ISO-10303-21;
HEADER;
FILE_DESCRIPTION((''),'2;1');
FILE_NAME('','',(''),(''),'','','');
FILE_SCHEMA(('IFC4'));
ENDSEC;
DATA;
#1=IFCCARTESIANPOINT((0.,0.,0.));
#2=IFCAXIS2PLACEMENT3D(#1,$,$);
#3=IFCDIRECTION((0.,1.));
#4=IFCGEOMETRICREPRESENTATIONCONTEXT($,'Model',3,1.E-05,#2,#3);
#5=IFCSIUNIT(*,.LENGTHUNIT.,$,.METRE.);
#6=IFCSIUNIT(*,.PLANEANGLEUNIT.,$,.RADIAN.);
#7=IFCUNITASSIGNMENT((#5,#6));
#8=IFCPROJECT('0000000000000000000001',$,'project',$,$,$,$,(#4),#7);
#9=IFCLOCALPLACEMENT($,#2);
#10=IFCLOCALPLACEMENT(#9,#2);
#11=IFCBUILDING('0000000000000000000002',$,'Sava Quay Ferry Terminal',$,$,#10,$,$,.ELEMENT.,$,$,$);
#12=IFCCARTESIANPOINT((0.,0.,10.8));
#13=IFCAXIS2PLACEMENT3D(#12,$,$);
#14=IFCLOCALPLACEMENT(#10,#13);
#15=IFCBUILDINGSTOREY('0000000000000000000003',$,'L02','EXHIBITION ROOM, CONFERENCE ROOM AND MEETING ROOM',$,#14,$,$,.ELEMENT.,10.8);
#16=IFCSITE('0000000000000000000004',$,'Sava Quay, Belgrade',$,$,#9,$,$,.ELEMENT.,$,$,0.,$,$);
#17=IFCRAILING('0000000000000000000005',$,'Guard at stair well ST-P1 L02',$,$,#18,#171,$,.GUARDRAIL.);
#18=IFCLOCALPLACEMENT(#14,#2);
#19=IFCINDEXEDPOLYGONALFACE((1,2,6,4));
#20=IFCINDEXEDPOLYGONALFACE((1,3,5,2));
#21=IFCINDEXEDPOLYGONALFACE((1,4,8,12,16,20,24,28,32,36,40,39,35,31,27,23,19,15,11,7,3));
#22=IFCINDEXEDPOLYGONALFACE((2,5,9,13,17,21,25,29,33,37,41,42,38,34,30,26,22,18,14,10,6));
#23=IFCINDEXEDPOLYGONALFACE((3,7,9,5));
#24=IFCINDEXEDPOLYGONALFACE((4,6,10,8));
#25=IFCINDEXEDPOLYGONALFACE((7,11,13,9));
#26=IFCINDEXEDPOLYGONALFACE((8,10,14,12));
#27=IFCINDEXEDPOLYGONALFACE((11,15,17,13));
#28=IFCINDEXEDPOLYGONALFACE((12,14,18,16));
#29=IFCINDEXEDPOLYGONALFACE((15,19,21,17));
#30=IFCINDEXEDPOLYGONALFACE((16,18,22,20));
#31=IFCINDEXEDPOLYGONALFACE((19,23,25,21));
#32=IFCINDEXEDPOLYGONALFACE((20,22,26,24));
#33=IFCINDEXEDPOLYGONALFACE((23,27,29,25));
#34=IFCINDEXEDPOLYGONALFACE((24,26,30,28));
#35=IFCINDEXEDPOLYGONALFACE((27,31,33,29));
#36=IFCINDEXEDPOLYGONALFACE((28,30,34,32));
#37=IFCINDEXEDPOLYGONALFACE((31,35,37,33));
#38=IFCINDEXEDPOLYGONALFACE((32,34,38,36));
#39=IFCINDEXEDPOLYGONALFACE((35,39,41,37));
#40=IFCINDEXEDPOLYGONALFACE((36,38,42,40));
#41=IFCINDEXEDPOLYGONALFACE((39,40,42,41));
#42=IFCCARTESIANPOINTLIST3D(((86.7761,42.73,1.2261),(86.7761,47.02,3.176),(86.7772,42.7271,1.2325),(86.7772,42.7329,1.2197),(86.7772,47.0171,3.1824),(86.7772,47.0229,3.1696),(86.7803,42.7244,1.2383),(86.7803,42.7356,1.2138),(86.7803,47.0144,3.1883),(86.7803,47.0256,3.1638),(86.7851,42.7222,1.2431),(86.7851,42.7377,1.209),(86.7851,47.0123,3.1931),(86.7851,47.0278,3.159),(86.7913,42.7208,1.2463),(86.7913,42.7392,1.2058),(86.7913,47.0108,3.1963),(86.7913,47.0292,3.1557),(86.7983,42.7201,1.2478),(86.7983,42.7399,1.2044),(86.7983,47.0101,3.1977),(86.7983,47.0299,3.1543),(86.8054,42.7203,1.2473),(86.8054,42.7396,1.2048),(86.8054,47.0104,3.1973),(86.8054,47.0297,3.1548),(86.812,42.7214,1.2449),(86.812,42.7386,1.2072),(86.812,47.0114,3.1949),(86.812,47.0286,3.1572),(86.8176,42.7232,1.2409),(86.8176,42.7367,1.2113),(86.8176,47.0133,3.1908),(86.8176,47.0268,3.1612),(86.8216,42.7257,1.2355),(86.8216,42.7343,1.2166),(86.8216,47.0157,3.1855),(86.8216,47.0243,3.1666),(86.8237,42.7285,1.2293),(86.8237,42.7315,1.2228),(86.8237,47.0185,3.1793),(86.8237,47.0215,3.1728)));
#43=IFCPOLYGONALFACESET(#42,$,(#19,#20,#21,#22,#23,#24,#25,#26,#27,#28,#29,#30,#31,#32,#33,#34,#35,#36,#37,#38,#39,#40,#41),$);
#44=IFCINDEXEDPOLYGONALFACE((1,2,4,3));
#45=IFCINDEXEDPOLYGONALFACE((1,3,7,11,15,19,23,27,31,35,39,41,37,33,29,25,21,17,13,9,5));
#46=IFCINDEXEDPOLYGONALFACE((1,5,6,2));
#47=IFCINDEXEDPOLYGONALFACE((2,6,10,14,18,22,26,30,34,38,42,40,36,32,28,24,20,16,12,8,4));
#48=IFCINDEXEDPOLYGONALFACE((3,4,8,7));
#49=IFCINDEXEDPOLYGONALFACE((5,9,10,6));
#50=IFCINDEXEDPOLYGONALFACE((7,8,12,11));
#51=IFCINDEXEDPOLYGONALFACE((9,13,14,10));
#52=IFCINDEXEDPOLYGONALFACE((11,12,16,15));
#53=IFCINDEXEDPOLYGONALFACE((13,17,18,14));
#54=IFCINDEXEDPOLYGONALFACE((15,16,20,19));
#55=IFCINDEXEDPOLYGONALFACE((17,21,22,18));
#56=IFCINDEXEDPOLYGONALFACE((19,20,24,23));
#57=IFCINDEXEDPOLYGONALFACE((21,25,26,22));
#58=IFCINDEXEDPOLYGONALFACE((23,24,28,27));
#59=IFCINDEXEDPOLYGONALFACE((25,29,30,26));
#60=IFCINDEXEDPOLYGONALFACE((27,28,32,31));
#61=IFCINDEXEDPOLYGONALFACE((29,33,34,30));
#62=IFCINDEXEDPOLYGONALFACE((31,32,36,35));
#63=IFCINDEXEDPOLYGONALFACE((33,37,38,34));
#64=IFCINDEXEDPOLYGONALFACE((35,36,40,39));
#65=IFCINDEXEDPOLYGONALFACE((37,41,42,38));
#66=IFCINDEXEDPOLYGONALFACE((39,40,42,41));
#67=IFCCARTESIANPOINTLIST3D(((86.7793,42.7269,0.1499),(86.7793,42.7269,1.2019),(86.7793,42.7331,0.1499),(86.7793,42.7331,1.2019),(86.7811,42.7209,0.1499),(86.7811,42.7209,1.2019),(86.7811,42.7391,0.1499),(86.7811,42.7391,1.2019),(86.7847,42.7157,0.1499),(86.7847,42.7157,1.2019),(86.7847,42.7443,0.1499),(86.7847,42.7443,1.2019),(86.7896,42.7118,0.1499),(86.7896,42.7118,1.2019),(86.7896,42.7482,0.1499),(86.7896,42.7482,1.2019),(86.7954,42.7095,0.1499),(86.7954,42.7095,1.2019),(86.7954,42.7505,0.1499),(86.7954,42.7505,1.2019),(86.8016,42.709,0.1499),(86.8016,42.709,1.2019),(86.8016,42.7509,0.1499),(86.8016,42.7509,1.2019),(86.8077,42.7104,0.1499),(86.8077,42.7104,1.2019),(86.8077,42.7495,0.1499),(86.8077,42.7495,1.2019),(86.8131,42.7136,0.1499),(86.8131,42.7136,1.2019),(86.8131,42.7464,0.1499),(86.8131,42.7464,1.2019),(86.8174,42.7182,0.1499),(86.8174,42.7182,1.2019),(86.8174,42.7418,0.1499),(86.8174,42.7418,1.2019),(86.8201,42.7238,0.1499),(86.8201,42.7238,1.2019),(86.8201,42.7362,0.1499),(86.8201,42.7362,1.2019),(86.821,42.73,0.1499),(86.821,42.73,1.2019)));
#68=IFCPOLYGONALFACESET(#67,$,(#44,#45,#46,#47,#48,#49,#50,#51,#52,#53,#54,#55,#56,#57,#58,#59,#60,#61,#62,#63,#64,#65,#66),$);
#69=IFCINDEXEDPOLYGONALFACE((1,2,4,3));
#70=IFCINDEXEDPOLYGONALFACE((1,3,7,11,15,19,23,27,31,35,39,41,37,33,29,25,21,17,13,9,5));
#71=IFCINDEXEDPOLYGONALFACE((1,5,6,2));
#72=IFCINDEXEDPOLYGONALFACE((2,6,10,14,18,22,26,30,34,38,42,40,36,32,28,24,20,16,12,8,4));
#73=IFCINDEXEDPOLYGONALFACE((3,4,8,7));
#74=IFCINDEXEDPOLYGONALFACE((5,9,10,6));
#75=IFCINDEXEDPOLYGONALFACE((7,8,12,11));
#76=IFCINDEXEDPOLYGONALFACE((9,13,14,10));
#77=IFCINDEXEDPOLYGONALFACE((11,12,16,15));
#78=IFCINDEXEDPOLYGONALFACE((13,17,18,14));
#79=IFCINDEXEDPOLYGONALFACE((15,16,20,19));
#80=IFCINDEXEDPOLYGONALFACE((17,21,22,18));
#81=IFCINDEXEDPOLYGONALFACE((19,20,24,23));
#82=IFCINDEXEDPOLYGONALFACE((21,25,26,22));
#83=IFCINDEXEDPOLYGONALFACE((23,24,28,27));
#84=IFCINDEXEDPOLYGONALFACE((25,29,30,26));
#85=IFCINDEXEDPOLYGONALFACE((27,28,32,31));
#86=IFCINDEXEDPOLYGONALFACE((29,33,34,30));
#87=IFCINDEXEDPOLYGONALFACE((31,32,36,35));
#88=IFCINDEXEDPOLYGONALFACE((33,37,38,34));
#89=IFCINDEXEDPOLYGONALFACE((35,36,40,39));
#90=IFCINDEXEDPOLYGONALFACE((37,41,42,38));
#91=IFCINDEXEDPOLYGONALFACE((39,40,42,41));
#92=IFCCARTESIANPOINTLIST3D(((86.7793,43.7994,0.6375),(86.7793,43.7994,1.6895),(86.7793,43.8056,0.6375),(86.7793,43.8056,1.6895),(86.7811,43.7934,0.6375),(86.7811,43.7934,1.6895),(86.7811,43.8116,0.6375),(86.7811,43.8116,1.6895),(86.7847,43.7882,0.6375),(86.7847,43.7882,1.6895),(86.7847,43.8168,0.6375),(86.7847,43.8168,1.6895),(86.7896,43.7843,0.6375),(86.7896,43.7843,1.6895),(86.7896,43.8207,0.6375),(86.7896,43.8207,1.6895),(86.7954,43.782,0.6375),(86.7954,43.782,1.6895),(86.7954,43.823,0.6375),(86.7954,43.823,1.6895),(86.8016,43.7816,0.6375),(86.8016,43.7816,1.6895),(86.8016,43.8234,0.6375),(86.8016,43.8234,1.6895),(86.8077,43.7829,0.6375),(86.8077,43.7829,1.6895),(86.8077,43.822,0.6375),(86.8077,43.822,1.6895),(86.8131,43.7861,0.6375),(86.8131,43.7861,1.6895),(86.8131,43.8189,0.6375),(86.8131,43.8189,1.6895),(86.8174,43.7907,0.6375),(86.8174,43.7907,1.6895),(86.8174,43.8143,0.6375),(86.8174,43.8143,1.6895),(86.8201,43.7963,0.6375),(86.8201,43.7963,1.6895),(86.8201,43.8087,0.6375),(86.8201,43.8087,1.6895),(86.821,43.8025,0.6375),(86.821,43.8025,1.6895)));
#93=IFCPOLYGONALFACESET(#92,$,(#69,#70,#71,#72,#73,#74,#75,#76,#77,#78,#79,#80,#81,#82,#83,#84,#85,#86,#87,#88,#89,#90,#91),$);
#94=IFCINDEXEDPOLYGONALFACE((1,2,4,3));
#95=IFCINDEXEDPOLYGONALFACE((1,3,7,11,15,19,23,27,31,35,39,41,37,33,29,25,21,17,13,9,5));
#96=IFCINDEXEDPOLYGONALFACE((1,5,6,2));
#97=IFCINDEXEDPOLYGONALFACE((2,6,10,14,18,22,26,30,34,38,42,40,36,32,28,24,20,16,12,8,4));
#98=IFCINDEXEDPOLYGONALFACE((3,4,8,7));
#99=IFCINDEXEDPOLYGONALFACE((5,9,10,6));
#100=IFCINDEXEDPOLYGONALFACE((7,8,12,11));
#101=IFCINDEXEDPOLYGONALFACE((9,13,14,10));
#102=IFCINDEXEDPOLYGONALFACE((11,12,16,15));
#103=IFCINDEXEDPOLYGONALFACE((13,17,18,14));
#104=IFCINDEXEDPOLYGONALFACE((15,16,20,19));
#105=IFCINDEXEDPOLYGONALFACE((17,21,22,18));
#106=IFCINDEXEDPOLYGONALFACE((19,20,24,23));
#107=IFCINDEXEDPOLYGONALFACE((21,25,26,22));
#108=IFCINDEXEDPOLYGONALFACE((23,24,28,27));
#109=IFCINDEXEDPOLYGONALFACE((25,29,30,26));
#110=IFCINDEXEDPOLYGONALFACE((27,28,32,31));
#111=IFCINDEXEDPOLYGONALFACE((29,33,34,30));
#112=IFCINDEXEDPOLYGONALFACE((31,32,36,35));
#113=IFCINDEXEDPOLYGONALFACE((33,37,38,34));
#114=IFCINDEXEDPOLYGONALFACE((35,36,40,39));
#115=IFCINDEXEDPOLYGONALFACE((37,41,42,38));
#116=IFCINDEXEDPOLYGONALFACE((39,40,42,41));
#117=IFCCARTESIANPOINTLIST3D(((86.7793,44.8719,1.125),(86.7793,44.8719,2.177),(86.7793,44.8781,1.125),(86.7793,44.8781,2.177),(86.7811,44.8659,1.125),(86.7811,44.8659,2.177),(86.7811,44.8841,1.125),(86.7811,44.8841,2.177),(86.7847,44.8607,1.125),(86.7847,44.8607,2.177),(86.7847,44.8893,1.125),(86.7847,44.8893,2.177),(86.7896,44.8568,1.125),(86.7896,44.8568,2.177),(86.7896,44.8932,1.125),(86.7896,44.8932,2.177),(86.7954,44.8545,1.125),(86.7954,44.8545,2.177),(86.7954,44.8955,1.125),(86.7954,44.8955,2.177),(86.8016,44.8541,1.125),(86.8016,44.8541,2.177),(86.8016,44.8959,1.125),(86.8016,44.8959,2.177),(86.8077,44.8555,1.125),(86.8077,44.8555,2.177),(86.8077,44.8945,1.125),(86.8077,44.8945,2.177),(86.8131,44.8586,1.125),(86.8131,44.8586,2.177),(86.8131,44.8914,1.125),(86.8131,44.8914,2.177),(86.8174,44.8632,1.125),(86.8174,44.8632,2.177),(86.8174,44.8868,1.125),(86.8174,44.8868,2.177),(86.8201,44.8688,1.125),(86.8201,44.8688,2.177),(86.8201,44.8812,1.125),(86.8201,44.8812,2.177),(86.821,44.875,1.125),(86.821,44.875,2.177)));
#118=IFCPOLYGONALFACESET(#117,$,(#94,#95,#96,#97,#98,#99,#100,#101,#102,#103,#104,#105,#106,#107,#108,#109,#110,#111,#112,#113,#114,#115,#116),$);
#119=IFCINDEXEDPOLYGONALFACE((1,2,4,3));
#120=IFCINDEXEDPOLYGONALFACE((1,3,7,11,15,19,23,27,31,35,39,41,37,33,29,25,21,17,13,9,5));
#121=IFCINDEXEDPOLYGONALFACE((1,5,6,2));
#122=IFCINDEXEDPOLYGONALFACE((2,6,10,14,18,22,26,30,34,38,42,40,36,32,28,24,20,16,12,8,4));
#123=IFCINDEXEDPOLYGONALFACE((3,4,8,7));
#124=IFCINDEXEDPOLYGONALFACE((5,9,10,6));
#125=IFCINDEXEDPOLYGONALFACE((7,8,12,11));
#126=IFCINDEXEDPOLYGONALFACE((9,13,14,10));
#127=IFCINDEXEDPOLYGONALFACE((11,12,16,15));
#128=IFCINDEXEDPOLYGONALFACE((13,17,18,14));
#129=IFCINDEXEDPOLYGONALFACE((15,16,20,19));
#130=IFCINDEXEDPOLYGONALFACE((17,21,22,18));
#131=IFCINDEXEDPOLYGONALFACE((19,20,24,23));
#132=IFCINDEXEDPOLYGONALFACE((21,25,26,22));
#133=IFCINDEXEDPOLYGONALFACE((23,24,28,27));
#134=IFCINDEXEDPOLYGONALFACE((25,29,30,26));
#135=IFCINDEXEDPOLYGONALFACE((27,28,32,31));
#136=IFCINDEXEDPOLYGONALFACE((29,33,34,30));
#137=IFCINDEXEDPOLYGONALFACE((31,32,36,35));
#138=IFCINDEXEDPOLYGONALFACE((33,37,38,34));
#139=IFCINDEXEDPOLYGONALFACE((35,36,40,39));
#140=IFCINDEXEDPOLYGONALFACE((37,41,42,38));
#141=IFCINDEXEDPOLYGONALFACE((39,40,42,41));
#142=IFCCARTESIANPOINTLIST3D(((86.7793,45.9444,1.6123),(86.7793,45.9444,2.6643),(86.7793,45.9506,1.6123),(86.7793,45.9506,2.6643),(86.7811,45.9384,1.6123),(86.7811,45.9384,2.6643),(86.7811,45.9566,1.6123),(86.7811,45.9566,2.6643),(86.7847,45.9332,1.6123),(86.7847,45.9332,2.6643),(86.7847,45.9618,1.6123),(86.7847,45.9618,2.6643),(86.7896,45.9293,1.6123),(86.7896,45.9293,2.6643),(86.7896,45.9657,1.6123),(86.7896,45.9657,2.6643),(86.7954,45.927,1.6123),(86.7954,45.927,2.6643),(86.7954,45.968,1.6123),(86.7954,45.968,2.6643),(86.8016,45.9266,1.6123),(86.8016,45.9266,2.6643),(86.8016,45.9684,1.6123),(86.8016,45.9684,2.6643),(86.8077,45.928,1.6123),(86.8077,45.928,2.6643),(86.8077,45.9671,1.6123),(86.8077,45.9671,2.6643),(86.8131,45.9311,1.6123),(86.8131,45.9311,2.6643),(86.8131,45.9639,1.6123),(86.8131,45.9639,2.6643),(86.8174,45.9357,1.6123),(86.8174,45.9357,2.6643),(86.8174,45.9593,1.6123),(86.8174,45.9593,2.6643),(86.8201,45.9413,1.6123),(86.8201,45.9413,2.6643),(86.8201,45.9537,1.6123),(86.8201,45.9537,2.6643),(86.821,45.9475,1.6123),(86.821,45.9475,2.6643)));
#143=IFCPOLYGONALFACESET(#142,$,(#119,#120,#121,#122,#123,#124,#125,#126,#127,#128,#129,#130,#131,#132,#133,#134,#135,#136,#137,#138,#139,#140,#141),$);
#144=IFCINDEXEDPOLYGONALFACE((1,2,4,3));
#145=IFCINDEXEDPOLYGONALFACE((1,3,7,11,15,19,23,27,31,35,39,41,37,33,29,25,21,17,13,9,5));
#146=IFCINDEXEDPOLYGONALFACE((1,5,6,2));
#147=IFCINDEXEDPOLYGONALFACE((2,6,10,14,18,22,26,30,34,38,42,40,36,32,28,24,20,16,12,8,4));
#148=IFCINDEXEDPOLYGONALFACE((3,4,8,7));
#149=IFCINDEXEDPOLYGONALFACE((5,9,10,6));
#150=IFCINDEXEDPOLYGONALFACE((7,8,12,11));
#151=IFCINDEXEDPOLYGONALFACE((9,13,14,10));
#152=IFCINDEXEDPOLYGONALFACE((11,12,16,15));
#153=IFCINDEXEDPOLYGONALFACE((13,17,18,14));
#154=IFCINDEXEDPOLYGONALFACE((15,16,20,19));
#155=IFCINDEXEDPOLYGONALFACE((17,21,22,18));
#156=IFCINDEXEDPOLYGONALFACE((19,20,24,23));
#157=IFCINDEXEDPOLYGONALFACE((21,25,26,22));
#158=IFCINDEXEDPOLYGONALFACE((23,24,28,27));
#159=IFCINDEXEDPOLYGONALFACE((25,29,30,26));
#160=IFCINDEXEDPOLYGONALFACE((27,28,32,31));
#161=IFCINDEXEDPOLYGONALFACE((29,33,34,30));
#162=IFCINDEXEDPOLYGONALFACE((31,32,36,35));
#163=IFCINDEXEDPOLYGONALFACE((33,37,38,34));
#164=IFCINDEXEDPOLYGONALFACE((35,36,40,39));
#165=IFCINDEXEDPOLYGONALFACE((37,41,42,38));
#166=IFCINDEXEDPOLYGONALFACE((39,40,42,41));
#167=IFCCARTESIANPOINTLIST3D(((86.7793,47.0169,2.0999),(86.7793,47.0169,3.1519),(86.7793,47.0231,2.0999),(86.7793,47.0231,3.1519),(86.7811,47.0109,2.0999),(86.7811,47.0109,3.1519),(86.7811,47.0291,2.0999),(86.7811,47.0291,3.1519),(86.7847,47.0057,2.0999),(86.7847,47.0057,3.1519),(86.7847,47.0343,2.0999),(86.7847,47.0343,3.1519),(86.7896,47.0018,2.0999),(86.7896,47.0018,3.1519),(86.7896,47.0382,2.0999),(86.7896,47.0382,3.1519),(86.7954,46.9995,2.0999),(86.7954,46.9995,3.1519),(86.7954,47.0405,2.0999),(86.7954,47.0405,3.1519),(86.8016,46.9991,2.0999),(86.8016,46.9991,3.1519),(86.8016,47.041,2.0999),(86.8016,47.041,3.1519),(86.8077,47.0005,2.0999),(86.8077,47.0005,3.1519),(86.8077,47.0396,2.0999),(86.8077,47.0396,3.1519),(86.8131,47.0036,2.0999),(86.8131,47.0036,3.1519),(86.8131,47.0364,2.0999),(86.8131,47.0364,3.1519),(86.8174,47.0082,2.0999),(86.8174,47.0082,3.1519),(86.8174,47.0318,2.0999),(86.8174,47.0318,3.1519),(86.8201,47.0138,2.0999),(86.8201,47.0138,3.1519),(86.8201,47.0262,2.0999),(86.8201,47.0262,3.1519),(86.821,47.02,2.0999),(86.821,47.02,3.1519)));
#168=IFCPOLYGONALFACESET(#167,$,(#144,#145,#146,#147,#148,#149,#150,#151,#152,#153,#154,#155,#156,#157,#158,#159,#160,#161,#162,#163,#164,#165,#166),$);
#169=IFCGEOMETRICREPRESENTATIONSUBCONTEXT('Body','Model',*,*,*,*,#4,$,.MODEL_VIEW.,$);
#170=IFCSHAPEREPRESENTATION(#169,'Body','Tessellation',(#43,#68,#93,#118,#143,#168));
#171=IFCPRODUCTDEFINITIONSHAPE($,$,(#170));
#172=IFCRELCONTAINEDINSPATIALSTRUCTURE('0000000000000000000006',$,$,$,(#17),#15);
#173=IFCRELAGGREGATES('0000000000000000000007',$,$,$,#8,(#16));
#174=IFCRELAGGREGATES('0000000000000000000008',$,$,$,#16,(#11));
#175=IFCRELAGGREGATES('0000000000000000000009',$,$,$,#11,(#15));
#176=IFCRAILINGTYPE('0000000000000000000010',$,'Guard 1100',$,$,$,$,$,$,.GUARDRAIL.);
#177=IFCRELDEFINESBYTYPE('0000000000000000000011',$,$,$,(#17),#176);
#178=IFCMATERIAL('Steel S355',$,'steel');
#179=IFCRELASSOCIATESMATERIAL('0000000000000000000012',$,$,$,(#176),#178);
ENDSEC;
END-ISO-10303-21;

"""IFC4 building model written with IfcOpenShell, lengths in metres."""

from ifc_helpers import new_model, si_unit, direction, frame, origin, origin_2d, place, context, subcontext, project, spatial, circle, extrude, material, type_object, element, save


model = new_model("IFC4")

# Units and contexts
model_context = context("Model", 3, precision=1e-05, world=origin(), true_north=direction((0.0, 1.0)))
body_context = subcontext(model_context, "Body", "Model", "MODEL_VIEW")
ifc_project = project(units=[si_unit("LENGTHUNIT", "METRE"), si_unit("PLANEANGLEUNIT", "RADIAN")], contexts=[model_context])

# Site, building, storey
site_placement = place(None, origin())
site = spatial("IfcSite", under=ifc_project, at=site_placement, Name="Sava Quay, Belgrade", CompositionType="ELEMENT", RefElevation=0.0)
building_placement = place(site_placement, origin())
building = spatial("IfcBuilding", under=site, at=building_placement, Name="Sava Quay Ferry Terminal", CompositionType="ELEMENT")
storey_placement = place(building_placement, frame((0.0, 0.0, 10.8)))
storey = spatial("IfcBuildingStorey", under=building, at=storey_placement, Name="L02", Description="EXHIBITION ROOM, CONFERENCE ROOM AND MEETING ROOM", CompositionType="ELEMENT", Elevation=10.8)

# Railing
ifc_material_1 = material(Name="Steel S355", Category="steel")
railing_type_1 = type_object("IfcRailingType", Name="Guard 1100", PredefinedType="GUARDRAIL", material=ifc_material_1)
railing_1_placement = place(storey_placement, frame((86.8, 42.73, 0.1499)))
element("IfcRailing", 1, at=railing_1_placement, inside=storey, type_object=railing_type_1, Name="Guard at stair well ST-P1 L02", PredefinedType="GUARDRAIL", context=body_context, shape_type="SweptSolid", body=[
    extrude(circle(Radius=0.0239, at=origin_2d()), frame((0.0, 0.0, 1.0762), z_axis=(0.0, 0.910372, 0.413791), x_axis=(-1.0, 0.0, 0.0)), (0.0, 0.0, 1.0), 4.7124),
    extrude(circle(Radius=0.021, at=origin_2d()), origin(), (0.0, 0.0, 1.0), 1.052),
    extrude(circle(Radius=0.021, at=origin_2d()), frame((0.0, 1.0725, 0.4875)), (0.0, 0.0, 1.0), 1.052),
    extrude(circle(Radius=0.021, at=origin_2d()), frame((0.0, 2.145, 0.9751)), (0.0, 0.0, 1.0), 1.052),
    extrude(circle(Radius=0.021, at=origin_2d()), frame((0.0, 3.2175, 1.4624)), (0.0, 0.0, 1.0), 1.052),
    extrude(circle(Radius=0.021, at=origin_2d()), frame((0.0, 4.29, 1.95)), (0.0, 0.0, 1.0), 1.052),
])

save(model, "model.ifc")
